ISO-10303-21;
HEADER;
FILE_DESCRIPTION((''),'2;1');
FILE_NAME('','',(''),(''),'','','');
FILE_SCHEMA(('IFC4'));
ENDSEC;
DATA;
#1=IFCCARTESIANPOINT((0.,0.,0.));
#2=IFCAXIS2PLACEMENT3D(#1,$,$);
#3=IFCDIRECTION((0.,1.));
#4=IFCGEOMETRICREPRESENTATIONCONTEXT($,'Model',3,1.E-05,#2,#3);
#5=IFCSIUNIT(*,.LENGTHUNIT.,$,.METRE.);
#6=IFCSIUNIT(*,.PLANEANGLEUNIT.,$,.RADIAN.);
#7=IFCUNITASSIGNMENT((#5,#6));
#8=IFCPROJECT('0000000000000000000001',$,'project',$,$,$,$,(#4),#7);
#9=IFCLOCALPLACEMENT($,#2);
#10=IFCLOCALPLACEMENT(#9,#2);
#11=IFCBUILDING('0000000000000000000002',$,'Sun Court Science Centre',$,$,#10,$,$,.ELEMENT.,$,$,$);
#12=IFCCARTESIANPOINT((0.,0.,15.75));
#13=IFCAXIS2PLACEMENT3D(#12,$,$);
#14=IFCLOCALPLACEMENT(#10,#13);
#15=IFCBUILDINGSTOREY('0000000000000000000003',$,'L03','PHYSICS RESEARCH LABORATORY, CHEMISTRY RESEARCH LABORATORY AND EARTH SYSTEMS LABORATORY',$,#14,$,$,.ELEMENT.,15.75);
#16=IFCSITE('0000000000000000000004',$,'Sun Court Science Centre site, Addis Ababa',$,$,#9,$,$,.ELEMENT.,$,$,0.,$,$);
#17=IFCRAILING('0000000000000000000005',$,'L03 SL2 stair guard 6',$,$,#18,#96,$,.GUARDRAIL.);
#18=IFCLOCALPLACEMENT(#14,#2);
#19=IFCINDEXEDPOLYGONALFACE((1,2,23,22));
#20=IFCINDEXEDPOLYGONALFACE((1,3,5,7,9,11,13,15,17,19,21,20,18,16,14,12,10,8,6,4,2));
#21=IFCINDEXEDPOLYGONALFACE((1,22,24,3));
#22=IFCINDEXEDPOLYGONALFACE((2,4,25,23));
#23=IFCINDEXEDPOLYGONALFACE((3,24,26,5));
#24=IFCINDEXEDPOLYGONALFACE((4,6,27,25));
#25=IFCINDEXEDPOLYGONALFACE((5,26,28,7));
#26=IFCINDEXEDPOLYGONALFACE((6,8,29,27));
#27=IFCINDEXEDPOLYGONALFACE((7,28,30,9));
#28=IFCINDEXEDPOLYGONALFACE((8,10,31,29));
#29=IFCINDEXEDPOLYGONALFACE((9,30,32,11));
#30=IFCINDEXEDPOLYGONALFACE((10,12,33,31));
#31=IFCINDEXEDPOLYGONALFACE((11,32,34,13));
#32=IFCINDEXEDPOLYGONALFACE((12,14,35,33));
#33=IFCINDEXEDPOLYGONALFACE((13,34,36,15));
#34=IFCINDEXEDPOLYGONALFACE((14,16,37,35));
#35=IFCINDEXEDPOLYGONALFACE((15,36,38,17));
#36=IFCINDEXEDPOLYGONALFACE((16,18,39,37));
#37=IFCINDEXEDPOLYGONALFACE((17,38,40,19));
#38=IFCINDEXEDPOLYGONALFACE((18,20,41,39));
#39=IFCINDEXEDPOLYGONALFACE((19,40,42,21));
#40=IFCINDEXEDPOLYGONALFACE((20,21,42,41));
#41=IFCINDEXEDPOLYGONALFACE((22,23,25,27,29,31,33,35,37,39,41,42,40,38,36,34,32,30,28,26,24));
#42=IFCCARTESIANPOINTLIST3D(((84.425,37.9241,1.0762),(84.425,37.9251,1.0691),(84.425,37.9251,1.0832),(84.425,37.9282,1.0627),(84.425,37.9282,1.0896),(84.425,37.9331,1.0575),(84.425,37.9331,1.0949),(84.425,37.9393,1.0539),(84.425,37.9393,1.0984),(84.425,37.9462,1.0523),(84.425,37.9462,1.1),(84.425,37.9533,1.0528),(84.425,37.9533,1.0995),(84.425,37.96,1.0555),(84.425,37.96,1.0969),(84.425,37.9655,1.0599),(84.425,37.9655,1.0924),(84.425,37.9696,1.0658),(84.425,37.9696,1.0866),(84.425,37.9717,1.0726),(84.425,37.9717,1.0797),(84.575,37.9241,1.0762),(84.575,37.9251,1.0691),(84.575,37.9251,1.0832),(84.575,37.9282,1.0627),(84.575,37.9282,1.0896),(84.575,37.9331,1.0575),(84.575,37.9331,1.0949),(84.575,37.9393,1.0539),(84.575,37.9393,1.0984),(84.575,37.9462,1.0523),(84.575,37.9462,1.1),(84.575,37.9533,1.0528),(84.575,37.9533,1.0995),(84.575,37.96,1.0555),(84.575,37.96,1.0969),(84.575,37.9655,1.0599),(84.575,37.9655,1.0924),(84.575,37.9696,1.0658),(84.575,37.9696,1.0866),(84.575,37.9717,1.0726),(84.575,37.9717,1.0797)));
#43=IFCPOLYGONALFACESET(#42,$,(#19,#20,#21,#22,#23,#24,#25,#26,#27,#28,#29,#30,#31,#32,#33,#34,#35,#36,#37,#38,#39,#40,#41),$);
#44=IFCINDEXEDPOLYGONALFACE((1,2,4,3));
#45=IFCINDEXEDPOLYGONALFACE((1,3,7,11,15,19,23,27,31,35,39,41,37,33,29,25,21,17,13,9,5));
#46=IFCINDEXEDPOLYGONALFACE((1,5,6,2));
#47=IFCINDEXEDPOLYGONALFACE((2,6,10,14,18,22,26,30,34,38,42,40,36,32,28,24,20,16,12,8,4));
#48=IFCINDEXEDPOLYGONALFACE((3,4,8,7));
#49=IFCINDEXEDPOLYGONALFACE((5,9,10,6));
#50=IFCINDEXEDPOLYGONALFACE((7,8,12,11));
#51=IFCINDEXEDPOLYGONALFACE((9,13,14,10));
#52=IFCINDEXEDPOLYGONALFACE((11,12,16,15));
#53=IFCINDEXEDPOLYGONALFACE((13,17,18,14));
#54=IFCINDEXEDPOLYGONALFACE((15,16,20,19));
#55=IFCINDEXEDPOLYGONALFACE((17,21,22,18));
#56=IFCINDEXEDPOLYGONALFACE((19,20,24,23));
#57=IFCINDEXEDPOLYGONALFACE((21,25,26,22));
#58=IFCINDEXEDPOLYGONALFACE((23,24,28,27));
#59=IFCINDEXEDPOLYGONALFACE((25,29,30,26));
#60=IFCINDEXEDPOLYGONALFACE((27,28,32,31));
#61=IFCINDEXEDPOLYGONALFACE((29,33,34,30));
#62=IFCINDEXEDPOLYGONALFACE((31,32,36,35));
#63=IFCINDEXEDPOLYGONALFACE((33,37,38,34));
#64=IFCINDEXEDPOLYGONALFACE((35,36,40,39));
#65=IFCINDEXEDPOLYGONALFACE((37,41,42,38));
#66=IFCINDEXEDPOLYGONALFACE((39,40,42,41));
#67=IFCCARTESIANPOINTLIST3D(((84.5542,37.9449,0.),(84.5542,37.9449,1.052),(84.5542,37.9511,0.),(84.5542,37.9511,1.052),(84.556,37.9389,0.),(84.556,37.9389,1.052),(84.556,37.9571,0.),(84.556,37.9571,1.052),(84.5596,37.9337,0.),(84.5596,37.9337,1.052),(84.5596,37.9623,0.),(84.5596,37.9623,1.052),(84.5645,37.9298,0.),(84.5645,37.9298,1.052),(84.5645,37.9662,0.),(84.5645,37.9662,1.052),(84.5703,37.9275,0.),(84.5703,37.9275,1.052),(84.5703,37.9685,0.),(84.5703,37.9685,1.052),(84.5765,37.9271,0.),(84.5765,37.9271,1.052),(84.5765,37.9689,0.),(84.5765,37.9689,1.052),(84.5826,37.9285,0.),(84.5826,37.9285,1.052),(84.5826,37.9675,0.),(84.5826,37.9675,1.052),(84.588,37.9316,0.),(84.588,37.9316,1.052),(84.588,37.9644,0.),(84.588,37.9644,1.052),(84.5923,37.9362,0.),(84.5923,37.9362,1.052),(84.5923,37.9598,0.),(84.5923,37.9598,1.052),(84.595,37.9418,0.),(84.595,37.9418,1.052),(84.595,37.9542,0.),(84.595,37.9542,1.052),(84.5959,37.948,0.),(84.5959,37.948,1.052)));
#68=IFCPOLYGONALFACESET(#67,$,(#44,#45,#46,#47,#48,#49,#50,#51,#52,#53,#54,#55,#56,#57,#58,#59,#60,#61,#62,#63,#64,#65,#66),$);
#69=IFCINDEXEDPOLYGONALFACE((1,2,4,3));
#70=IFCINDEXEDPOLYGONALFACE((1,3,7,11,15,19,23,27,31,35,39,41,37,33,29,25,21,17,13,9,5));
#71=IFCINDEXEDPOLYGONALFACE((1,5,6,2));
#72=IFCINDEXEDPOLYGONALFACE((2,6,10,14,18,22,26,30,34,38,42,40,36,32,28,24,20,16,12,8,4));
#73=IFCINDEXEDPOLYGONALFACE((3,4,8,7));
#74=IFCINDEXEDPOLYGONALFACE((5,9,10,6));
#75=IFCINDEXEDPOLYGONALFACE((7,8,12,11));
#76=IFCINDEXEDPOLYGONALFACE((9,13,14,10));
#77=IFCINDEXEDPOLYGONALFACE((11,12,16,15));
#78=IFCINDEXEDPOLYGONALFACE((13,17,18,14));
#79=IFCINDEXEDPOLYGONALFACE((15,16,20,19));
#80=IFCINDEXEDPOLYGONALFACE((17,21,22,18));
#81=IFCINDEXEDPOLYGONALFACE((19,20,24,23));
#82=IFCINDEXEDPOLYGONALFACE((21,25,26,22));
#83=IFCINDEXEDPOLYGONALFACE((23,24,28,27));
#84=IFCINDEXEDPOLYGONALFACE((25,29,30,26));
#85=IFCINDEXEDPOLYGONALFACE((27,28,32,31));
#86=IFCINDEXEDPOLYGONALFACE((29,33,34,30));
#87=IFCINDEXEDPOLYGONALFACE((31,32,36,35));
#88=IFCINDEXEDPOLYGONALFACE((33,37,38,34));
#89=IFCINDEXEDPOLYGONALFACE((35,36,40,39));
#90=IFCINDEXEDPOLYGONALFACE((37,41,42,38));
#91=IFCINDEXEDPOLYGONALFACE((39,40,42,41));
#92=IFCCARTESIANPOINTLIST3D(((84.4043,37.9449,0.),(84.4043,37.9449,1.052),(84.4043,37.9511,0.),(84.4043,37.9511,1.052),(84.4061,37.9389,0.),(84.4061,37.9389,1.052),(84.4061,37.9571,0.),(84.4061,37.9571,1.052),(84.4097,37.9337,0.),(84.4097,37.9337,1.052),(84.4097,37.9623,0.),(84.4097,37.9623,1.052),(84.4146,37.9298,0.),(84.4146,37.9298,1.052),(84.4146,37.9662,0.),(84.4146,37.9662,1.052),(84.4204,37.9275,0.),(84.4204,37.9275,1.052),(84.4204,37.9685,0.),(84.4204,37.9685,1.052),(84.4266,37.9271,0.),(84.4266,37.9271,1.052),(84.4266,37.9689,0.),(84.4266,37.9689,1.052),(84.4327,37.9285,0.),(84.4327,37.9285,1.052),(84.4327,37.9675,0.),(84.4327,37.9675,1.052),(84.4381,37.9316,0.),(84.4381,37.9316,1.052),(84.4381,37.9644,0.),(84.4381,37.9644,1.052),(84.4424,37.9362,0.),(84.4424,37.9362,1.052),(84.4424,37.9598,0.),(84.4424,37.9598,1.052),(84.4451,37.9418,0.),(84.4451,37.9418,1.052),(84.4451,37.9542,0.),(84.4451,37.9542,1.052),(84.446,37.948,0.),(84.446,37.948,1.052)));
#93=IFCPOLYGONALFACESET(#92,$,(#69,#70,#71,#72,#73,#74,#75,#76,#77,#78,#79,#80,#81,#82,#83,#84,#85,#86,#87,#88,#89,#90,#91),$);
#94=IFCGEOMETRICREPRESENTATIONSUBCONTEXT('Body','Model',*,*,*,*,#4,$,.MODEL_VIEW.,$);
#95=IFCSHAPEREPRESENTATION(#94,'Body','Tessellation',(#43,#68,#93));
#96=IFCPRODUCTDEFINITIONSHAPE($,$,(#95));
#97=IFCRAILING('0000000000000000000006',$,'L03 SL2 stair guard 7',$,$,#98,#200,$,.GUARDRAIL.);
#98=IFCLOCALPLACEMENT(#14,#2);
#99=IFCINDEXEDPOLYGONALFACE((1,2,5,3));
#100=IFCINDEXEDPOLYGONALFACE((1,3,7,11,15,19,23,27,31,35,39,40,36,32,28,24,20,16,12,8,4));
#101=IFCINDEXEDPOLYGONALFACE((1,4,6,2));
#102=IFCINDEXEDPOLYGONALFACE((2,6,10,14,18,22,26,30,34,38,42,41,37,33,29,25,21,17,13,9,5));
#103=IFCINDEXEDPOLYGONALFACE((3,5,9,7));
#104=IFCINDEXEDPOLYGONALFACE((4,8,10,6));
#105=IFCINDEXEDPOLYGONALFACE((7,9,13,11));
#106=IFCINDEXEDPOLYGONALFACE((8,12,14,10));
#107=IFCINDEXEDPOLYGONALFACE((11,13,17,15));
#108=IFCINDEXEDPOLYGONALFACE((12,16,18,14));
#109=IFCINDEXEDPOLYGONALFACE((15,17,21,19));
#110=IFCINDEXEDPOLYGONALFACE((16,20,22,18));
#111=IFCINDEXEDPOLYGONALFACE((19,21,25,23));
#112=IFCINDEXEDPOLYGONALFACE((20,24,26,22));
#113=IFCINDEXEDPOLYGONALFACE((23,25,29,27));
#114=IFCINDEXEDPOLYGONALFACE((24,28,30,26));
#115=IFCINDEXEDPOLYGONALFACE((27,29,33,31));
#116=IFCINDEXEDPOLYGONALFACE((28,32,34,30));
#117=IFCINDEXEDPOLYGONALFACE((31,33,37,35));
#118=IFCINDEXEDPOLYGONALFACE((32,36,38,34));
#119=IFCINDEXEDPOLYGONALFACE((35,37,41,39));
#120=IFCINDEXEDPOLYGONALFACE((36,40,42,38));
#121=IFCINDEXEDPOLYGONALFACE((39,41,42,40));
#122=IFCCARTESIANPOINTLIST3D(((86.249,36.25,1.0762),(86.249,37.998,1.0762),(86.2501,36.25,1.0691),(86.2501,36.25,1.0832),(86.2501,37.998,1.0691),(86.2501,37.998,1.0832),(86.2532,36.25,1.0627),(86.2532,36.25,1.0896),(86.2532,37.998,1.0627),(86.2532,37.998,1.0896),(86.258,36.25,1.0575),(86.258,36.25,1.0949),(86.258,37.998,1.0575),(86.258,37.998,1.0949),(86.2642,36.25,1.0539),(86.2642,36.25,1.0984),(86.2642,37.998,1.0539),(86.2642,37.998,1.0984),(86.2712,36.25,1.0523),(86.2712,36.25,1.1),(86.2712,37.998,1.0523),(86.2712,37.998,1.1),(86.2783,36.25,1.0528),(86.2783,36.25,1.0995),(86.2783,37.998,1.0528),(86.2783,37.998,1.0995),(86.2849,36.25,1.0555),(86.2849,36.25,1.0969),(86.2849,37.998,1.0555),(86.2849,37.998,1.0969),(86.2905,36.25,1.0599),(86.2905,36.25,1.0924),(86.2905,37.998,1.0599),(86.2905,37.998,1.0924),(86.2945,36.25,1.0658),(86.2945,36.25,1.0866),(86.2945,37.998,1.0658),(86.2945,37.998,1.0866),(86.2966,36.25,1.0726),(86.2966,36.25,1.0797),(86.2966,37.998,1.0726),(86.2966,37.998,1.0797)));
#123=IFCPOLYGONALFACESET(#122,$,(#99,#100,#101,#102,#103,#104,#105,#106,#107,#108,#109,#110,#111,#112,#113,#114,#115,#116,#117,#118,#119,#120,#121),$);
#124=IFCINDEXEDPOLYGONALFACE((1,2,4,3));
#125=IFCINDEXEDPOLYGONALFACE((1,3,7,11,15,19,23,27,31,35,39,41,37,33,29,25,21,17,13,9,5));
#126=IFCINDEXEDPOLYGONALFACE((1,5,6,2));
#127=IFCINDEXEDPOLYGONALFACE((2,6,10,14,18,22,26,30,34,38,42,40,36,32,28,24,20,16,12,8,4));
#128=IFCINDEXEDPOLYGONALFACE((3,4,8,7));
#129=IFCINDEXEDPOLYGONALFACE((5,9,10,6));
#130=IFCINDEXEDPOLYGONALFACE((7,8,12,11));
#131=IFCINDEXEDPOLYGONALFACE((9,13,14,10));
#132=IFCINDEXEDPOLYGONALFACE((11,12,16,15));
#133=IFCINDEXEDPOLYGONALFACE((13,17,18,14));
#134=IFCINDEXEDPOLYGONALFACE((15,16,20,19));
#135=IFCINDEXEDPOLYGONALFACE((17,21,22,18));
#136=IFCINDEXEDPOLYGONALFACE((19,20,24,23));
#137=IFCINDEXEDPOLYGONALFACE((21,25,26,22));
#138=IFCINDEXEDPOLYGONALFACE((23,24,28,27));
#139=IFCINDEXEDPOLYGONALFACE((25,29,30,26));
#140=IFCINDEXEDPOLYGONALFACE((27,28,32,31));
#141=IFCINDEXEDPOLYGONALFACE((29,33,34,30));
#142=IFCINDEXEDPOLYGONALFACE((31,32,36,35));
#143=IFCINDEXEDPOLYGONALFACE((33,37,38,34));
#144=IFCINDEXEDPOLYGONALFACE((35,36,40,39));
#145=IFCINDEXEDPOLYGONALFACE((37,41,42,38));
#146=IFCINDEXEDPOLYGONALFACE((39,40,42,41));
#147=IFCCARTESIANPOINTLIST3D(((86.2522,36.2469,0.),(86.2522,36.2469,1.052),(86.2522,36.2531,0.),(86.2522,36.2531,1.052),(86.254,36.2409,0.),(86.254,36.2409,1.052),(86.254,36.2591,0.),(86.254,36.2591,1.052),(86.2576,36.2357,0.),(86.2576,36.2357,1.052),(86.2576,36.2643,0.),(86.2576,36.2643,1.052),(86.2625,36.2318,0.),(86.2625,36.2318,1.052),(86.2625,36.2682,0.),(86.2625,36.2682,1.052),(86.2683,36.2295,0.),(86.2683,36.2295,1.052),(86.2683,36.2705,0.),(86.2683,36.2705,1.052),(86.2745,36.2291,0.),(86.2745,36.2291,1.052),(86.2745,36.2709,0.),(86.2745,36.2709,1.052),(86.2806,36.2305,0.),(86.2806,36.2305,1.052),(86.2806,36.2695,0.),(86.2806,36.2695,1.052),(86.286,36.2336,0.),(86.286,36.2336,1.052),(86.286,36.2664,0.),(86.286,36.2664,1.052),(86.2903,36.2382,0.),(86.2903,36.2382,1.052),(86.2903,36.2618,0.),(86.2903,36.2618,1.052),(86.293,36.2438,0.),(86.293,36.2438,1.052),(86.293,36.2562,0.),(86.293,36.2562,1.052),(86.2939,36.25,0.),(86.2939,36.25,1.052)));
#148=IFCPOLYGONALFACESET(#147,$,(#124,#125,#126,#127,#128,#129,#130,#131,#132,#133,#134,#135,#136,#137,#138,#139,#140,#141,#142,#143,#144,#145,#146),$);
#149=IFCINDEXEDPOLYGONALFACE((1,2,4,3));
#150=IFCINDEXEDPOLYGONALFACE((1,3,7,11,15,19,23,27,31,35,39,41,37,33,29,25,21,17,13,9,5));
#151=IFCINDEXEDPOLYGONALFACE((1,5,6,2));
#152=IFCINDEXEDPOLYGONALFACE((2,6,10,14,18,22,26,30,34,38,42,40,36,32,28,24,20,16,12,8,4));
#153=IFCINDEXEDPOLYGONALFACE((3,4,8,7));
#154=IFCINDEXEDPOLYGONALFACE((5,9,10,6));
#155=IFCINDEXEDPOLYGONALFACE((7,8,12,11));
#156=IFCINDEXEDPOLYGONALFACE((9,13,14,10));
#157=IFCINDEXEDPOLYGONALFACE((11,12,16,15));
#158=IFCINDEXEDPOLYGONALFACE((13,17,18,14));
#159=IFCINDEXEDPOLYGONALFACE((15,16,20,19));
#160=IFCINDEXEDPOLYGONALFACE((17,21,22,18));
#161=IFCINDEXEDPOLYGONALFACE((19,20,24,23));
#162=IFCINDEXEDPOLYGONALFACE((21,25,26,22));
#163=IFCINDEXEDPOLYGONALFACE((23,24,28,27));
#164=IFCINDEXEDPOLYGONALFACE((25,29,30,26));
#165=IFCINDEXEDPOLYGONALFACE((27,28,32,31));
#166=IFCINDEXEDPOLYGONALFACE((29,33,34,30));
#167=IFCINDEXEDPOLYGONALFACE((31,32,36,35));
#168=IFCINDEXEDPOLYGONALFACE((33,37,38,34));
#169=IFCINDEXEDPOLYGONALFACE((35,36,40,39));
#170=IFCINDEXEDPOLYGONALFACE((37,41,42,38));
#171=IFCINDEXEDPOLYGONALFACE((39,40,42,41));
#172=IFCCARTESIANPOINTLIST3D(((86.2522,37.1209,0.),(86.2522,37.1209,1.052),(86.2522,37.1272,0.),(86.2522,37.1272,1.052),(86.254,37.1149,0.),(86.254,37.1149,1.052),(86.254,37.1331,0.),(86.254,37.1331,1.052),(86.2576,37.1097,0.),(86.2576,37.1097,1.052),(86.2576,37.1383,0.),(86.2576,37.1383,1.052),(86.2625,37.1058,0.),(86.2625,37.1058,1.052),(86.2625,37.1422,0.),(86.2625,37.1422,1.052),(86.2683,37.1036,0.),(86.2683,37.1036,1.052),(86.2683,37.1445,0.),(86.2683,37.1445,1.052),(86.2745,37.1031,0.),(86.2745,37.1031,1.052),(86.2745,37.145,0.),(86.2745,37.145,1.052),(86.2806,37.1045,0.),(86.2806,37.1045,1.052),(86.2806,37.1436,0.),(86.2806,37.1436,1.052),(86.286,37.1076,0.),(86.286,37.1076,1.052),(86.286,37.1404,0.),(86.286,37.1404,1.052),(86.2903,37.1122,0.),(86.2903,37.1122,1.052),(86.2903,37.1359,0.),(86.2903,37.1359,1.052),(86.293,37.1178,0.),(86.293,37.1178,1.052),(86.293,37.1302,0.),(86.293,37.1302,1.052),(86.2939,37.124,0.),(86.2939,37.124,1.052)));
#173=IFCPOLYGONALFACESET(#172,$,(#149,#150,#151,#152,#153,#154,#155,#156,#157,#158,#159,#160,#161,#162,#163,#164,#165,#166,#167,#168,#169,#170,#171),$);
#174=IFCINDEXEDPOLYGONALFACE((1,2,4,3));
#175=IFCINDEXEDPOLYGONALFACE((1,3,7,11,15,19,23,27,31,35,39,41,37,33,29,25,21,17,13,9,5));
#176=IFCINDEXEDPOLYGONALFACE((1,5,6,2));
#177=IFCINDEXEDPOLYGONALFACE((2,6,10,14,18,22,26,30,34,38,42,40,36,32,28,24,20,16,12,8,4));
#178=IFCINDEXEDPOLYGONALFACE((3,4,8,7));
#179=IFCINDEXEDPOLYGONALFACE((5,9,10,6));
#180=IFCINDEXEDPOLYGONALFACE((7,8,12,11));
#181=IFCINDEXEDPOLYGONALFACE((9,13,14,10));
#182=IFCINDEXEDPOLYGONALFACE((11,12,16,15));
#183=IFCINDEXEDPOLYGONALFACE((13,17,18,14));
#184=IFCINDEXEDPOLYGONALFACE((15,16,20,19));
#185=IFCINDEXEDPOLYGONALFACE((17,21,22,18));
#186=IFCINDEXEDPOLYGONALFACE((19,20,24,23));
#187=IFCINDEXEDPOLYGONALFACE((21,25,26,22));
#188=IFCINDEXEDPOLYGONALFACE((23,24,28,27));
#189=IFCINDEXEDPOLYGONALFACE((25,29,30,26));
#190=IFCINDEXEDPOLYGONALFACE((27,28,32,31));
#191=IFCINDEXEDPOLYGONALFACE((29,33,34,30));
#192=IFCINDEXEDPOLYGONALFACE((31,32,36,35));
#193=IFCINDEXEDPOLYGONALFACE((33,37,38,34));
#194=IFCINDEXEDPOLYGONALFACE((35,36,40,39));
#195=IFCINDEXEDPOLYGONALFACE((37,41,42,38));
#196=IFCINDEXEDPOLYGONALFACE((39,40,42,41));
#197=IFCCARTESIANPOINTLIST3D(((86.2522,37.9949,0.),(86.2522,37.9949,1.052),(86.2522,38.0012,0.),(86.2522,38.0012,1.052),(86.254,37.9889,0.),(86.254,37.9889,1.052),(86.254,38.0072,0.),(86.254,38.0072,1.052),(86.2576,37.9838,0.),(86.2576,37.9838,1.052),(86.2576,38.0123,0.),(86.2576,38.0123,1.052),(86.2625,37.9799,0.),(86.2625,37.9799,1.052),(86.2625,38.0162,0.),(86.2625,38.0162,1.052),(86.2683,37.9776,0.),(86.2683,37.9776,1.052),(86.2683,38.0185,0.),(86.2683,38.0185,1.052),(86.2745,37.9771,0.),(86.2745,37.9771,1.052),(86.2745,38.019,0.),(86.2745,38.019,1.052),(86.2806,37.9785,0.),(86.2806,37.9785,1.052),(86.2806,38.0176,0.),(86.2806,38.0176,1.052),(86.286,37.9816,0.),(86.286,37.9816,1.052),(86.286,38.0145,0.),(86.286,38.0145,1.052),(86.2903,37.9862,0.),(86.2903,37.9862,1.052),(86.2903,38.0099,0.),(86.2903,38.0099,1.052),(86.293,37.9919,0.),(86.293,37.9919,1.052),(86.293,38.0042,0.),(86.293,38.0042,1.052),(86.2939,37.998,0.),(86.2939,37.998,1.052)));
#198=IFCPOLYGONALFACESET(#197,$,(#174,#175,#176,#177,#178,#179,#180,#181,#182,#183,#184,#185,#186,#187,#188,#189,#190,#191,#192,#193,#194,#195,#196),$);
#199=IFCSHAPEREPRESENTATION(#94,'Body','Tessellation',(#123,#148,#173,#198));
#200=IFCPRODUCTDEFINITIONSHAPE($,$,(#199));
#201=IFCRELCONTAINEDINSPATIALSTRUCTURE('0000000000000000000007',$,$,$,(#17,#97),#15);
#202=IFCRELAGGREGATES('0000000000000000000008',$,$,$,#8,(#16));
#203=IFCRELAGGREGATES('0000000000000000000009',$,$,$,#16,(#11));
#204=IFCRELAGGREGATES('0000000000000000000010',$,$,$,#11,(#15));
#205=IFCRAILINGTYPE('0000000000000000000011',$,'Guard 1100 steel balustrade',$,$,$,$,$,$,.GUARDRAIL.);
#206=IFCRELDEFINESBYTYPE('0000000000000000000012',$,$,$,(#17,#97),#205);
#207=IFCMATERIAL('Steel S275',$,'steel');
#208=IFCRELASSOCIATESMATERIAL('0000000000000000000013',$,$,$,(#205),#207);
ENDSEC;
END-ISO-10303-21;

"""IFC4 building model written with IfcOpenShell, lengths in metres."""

from ifc_helpers import new_model, si_unit, direction, frame, origin, origin_2d, place, context, subcontext, project, spatial, circle, extrude, material, type_object, element, save


model = new_model("IFC4")

# Units and contexts
model_context = context("Model", 3, precision=1e-05, world=origin(), true_north=direction((0.0, 1.0)))
body_context = subcontext(model_context, "Body", "Model", "MODEL_VIEW")
ifc_project = project(units=[si_unit("LENGTHUNIT", "METRE"), si_unit("PLANEANGLEUNIT", "RADIAN")], contexts=[model_context])

# Site, building, storey
site_placement = place(None, origin())
site = spatial("IfcSite", under=ifc_project, at=site_placement, Name="Sun Court Science Centre site, Addis Ababa", CompositionType="ELEMENT", RefElevation=0.0)
building_placement = place(site_placement, origin())
building = spatial("IfcBuilding", under=site, at=building_placement, Name="Sun Court Science Centre", CompositionType="ELEMENT")
storey_placement = place(building_placement, frame((0.0, 0.0, 15.75)))
storey = spatial("IfcBuildingStorey", under=building, at=storey_placement, Name="L03", Description="PHYSICS RESEARCH LABORATORY, CHEMISTRY RESEARCH LABORATORY AND EARTH SYSTEMS LABORATORY", CompositionType="ELEMENT", Elevation=15.75)

# Railings
ifc_material_1 = material(Name="Steel S275", Category="steel")
railing_type = type_object("IfcRailingType", Name="Guard 1100 steel balustrade", PredefinedType="GUARDRAIL", material=ifc_material_1)
railing_1_placement = place(storey_placement, frame((84.575, 37.948, 0.0)))
element("IfcRailing", 1, at=railing_1_placement, inside=storey, type_object=railing_type, Name="L03 SL2 stair guard 6", PredefinedType="GUARDRAIL", context=body_context, shape_type="SweptSolid", body=[
    extrude(circle(Radius=0.0239, at=origin_2d()), frame((0.0, 0.0, 1.0762), z_axis=(-1.0, 0.0, 0.0), x_axis=(0.0, -1.0, 0.0)), (0.0, 0.0, 1.0), 0.1499),
    extrude(circle(Radius=0.021, at=origin_2d()), origin(), (0.0, 0.0, 1.0), 1.052),
    extrude(circle(Radius=0.021, at=origin_2d()), frame((-0.1499, 0.0, 0.0)), (0.0, 0.0, 1.0), 1.052),
])
for number, where, name in (
    (2, (86.2729, 36.25, 0.0), "L03 SL2 stair guard 7"),
):
    element("IfcRailing", number, at=place(storey_placement, frame(where)), inside=storey, type_object=railing_type, Name=name, PredefinedType="GUARDRAIL", context=body_context, shape_type="SweptSolid", body=[
        extrude(circle(Radius=0.0239, at=origin_2d()), frame((0.0, 0.0, 1.0762), z_axis=(0.0, 1.0, 0.0), x_axis=(-1.0, 0.0, 0.0)), (0.0, 0.0, 1.0), 1.748),
        extrude(circle(Radius=0.021, at=origin_2d()), origin(), (0.0, 0.0, 1.0), 1.052),
        extrude(circle(Radius=0.021, at=origin_2d()), frame((0.0, 0.874, 0.0)), (0.0, 0.0, 1.0), 1.052),
        extrude(circle(Radius=0.021, at=origin_2d()), frame((0.0, 1.748, 0.0)), (0.0, 0.0, 1.0), 1.052),
    ])

save(model, "model.ifc")
